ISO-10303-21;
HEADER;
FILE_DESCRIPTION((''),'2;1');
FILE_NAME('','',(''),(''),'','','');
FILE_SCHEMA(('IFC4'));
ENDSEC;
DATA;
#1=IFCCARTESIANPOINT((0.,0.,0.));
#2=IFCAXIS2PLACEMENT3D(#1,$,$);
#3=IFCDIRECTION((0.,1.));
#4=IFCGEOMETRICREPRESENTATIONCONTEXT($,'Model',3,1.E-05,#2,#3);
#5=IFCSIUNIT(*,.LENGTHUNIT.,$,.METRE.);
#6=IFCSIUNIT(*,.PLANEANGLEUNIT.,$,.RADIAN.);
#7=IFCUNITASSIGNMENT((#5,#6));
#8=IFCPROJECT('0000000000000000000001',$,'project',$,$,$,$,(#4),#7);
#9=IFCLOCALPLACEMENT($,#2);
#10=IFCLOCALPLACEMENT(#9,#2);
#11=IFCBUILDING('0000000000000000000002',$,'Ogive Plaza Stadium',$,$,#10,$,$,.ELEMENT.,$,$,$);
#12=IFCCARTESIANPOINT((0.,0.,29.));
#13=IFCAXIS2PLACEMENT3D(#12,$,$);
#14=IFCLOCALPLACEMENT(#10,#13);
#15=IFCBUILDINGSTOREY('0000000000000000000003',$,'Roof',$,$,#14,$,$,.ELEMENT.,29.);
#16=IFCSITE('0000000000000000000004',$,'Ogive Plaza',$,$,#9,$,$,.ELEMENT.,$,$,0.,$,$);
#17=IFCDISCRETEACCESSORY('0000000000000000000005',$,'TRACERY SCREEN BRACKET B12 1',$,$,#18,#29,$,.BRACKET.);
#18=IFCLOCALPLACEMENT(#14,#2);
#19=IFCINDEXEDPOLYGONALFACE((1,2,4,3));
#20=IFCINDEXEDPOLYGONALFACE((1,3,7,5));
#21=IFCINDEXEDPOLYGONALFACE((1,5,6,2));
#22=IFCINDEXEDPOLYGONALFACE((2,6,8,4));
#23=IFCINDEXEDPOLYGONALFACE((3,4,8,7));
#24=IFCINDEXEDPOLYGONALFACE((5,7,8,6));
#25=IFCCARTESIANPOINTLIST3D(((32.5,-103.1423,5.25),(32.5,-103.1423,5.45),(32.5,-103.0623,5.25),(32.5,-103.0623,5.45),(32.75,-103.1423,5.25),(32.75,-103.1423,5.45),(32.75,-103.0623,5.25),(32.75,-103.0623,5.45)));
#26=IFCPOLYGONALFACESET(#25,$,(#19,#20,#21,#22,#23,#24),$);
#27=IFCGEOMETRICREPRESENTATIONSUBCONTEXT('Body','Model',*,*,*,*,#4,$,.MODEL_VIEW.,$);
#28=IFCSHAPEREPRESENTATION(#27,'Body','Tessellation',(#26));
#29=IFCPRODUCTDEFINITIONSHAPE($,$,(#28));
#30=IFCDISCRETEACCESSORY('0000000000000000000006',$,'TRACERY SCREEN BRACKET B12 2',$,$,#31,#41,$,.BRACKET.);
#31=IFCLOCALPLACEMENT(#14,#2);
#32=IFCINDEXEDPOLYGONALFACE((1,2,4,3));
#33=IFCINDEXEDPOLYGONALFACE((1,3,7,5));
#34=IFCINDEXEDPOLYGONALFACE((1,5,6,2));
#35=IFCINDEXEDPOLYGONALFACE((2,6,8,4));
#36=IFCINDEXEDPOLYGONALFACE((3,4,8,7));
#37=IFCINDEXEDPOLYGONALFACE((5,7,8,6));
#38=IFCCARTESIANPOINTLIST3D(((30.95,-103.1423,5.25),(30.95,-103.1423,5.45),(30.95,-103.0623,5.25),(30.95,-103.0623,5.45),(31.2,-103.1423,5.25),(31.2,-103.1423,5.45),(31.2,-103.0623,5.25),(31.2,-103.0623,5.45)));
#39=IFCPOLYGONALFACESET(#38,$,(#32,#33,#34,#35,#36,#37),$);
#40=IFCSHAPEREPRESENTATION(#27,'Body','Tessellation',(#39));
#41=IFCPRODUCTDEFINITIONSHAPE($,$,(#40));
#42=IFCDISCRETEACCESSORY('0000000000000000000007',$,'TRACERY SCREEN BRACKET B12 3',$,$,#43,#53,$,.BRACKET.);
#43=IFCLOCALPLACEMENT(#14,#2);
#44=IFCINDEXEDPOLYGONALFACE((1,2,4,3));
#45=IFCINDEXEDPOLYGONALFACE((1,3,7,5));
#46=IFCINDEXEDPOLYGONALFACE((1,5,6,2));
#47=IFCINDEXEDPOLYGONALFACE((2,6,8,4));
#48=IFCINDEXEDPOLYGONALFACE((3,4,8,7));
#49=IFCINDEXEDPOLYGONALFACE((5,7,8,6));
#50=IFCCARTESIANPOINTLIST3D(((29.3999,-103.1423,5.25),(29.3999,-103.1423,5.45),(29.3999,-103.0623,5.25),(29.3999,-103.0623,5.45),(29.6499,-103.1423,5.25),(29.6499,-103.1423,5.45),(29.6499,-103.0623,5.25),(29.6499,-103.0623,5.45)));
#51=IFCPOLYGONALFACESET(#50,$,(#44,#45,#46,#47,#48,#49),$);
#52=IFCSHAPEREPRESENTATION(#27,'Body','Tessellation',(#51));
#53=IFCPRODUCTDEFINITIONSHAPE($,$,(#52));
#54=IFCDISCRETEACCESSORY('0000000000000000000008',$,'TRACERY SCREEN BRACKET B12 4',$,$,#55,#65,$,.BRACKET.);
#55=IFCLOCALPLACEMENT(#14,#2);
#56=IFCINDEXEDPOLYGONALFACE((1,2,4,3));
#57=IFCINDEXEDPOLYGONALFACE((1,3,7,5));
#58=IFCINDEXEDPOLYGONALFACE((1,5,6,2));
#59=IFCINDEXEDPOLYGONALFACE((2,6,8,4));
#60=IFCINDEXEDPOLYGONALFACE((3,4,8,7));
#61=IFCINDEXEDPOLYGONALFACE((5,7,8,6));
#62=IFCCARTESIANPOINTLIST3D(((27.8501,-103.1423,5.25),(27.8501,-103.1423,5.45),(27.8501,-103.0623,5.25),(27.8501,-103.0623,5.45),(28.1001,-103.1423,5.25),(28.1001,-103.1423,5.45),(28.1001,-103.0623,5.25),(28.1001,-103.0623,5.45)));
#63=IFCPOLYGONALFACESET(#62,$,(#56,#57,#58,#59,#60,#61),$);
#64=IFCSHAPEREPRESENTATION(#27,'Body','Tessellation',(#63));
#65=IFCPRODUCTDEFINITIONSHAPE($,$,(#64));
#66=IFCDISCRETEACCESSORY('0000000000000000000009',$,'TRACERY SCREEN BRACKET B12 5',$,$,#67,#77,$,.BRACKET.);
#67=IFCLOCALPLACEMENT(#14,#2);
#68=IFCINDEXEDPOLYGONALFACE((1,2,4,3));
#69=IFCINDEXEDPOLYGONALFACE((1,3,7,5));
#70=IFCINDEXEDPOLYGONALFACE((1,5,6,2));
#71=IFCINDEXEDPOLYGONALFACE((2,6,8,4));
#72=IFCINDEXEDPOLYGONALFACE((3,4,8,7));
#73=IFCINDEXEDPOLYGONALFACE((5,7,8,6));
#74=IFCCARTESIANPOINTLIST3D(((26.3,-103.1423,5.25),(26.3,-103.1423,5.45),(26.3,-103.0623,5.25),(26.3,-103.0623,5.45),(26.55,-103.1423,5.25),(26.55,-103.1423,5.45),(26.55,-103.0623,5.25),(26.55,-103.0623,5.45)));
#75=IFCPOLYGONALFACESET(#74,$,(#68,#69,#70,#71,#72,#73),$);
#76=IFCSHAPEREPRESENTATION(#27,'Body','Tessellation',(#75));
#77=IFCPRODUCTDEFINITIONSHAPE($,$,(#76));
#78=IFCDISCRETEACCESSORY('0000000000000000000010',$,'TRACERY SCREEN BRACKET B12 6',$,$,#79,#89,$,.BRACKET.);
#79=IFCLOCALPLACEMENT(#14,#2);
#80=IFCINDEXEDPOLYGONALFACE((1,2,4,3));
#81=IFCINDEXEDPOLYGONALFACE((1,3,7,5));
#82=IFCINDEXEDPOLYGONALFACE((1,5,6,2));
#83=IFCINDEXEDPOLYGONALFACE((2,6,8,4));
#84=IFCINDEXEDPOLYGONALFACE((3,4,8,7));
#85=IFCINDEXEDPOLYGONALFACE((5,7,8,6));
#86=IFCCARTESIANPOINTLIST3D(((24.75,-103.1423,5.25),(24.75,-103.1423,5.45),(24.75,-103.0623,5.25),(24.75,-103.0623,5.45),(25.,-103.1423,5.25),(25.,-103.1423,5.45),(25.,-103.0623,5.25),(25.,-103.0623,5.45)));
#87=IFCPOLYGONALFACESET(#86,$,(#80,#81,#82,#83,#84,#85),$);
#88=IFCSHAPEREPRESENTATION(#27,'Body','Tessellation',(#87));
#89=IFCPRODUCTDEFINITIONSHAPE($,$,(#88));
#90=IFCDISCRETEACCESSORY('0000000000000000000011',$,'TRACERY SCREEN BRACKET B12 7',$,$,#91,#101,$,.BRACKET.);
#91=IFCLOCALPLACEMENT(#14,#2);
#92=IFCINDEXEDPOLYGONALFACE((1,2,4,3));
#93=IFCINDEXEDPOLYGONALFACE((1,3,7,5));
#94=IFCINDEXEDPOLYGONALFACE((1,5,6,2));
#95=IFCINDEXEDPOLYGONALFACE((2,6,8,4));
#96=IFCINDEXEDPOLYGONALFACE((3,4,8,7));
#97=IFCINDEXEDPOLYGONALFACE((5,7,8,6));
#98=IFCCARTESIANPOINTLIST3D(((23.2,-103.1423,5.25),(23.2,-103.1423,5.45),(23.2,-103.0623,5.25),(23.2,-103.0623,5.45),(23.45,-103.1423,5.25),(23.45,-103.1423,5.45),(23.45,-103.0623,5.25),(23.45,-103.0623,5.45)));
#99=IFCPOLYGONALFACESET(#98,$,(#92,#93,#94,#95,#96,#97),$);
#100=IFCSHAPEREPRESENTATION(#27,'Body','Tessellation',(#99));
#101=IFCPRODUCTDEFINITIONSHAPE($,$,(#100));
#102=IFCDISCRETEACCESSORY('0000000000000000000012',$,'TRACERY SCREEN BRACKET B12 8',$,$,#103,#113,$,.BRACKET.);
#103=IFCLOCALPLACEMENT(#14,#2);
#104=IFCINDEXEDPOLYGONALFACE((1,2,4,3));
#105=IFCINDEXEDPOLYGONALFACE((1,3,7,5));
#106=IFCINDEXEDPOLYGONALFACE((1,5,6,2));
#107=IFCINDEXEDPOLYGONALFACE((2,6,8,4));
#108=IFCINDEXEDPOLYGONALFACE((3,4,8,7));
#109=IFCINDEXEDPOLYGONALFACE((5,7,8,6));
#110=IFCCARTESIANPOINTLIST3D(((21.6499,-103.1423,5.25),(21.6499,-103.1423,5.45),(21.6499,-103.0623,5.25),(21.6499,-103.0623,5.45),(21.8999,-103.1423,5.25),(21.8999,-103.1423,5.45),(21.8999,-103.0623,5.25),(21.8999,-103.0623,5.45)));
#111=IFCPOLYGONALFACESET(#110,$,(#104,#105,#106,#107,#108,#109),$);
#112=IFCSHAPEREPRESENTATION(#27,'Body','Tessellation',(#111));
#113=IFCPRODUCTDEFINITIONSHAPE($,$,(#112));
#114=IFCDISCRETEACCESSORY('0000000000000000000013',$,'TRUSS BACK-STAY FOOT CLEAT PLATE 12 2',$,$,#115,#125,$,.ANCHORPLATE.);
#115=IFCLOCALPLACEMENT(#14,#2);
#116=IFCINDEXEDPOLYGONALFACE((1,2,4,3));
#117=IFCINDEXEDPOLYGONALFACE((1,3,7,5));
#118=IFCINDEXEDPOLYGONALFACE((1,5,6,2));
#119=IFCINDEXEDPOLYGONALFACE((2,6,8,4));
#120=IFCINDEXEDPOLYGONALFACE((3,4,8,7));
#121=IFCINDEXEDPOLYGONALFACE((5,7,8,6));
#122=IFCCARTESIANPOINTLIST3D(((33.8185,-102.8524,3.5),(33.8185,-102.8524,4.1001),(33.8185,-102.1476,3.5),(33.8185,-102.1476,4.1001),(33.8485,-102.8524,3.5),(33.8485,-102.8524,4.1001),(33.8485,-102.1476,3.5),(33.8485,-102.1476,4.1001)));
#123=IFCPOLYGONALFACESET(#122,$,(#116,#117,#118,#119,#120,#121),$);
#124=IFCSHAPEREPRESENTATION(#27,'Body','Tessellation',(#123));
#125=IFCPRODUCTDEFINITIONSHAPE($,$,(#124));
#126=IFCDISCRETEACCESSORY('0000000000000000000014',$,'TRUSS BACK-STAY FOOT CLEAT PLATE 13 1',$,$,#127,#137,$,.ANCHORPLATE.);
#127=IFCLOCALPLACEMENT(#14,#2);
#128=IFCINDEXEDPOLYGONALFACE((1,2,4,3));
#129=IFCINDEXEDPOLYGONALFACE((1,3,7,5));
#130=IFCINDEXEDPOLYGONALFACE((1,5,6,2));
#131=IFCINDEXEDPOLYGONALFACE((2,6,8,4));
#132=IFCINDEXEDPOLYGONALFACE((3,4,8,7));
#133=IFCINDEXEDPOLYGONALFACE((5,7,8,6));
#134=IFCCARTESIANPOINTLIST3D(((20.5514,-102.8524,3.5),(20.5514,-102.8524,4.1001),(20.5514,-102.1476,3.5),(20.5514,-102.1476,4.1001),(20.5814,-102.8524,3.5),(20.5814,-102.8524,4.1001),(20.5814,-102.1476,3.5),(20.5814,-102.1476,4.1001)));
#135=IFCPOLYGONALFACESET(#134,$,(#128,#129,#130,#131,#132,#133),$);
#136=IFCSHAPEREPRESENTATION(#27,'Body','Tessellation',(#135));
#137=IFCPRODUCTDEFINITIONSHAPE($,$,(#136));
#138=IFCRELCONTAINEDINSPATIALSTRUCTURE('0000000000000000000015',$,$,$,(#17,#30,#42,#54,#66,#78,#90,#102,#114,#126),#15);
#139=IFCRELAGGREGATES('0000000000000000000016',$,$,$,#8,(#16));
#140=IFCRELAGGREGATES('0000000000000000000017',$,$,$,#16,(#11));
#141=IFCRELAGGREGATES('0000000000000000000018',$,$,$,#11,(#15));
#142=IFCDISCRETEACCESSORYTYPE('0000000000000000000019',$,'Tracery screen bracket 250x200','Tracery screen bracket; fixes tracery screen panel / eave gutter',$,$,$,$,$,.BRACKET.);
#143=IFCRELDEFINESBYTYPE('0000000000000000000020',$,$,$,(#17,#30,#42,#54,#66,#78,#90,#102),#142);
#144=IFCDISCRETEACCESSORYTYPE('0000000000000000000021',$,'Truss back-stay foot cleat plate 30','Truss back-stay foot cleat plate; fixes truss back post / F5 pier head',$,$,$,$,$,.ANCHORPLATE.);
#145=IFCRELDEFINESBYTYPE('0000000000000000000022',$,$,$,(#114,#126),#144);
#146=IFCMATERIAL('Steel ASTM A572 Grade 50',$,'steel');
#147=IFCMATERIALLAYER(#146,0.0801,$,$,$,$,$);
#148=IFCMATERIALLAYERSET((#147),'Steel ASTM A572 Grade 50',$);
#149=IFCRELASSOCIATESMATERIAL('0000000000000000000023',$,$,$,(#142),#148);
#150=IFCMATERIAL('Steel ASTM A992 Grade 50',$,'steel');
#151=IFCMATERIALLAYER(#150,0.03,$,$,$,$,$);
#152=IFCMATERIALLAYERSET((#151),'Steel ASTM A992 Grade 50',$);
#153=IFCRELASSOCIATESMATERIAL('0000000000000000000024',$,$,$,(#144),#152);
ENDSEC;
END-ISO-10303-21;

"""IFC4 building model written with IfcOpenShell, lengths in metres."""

from ifc_helpers import new_model, si_unit, direction, frame, origin, origin_2d, place, context, subcontext, project, spatial, rectangle, extrude, material, layer, layer_set, type_object, element, save


model = new_model("IFC4")

# Units and contexts
model_context = context("Model", 3, precision=1e-05, world=origin(), true_north=direction((0.0, 1.0)))
body_context = subcontext(model_context, "Body", "Model", "MODEL_VIEW")
ifc_project = project(units=[si_unit("LENGTHUNIT", "METRE"), si_unit("PLANEANGLEUNIT", "RADIAN")], contexts=[model_context])

# Site, building, storey
site_placement = place(None, origin())
site = spatial("IfcSite", under=ifc_project, at=site_placement, Name="Ogive Plaza", CompositionType="ELEMENT", RefElevation=0.0)
building_placement = place(site_placement, origin())
building = spatial("IfcBuilding", under=site, at=building_placement, Name="Ogive Plaza Stadium", CompositionType="ELEMENT")
storey_placement = place(building_placement, frame((0.0, 0.0, 29.0)))
storey = spatial("IfcBuildingStorey", under=building, at=storey_placement, Name="Roof", CompositionType="ELEMENT", Elevation=29.0)

# Discrete accessories
ifc_material_1 = material(Name="Steel ASTM A572 Grade 50", Category="steel")
ifc_layer_1 = layer(ifc_material_1, 0.0801)
ifc_layer_set_1 = layer_set([ifc_layer_1], Name="Steel ASTM A572 Grade 50")
discrete_accessory_type_1 = type_object("IfcDiscreteAccessoryType", Name="Tracery screen bracket 250x200", Description="Tracery screen bracket; fixes tracery screen panel / eave gutter", PredefinedType="BRACKET", material=ifc_layer_set_1)
for number, where, z_axis, x_axis, name in (
    (1, (32.625, -103.1023, 5.25), (0.0, 0.0, 1.0), (-1.0, 0.0, 0.0), "TRACERY SCREEN BRACKET B12 1"),
    (2, (31.075, -103.1023, 5.25), (0.0, 0.0, 1.0), (-1.0, 0.0, 0.0), "TRACERY SCREEN BRACKET B12 2"),
    (3, (29.5249, -103.1023, 5.25), (0.0, 0.0, 1.0), (-1.0, 0.0, 0.0), "TRACERY SCREEN BRACKET B12 3"),
    (4, (27.9751, -103.1023, 5.25), (0.0, 0.0, 1.0), (-1.0, 0.0, 0.0), "TRACERY SCREEN BRACKET B12 4"),
    (5, (26.425, -103.1023, 5.25), (0.0, 0.0, 1.0), (-1.0, 0.0, 0.0), "TRACERY SCREEN BRACKET B12 5"),
    (6, (24.875, -103.1023, 5.25), (0.0, 0.0, 1.0), (-1.0, 0.0, 0.0), "TRACERY SCREEN BRACKET B12 6"),
    (7, (23.325, -103.1023, 5.25), (0.0, 0.0, 1.0), (-1.0, 0.0, 0.0), "TRACERY SCREEN BRACKET B12 7"),
    (8, (21.7749, -103.1023, 5.25), (0.0, 0.0, 1.0), (-1.0, 0.0, 0.0), "TRACERY SCREEN BRACKET B12 8"),
):
    element("IfcDiscreteAccessory", number, at=place(storey_placement, frame(where, z_axis=z_axis, x_axis=x_axis)), inside=storey, type_object=discrete_accessory_type_1, Name=name, PredefinedType="BRACKET", context=body_context, shape_type="SweptSolid", body=[
        extrude(rectangle(XDim=0.25, YDim=0.0801, at=origin_2d()), origin(), (0.0, 0.0, 1.0), 0.2),
    ])
ifc_material_2 = material(Name="Steel ASTM A992 Grade 50", Category="steel")
ifc_layer_2 = layer(ifc_material_2, 0.03)
ifc_layer_set_2 = layer_set([ifc_layer_2], Name="Steel ASTM A992 Grade 50")
discrete_accessory_type_2 = type_object("IfcDiscreteAccessoryType", Name="Truss back-stay foot cleat plate 30", Description="Truss back-stay foot cleat plate; fixes truss back post / F5 pier head", PredefinedType="ANCHORPLATE", material=ifc_layer_set_2)
for number, where, z_axis, x_axis, name in (
    (9, (33.8335, -102.5, 3.5), (0.0, 0.0, 1.0), (0.0, -1.0, 0.0), "TRUSS BACK-STAY FOOT CLEAT PLATE 12 2"),
    (10, (20.5664, -102.5, 3.5), (0.0, 0.0, 1.0), (0.0, -1.0, 0.0), "TRUSS BACK-STAY FOOT CLEAT PLATE 13 1"),
):
    element("IfcDiscreteAccessory", number, at=place(storey_placement, frame(where, z_axis=z_axis, x_axis=x_axis)), inside=storey, type_object=discrete_accessory_type_2, Name=name, PredefinedType="ANCHORPLATE", context=body_context, shape_type="SweptSolid", body=[
        extrude(rectangle(XDim=0.7048, YDim=0.03, at=origin_2d()), origin(), (0.0, 0.0, 1.0), 0.6001),
    ])

save(model, "model.ifc")
